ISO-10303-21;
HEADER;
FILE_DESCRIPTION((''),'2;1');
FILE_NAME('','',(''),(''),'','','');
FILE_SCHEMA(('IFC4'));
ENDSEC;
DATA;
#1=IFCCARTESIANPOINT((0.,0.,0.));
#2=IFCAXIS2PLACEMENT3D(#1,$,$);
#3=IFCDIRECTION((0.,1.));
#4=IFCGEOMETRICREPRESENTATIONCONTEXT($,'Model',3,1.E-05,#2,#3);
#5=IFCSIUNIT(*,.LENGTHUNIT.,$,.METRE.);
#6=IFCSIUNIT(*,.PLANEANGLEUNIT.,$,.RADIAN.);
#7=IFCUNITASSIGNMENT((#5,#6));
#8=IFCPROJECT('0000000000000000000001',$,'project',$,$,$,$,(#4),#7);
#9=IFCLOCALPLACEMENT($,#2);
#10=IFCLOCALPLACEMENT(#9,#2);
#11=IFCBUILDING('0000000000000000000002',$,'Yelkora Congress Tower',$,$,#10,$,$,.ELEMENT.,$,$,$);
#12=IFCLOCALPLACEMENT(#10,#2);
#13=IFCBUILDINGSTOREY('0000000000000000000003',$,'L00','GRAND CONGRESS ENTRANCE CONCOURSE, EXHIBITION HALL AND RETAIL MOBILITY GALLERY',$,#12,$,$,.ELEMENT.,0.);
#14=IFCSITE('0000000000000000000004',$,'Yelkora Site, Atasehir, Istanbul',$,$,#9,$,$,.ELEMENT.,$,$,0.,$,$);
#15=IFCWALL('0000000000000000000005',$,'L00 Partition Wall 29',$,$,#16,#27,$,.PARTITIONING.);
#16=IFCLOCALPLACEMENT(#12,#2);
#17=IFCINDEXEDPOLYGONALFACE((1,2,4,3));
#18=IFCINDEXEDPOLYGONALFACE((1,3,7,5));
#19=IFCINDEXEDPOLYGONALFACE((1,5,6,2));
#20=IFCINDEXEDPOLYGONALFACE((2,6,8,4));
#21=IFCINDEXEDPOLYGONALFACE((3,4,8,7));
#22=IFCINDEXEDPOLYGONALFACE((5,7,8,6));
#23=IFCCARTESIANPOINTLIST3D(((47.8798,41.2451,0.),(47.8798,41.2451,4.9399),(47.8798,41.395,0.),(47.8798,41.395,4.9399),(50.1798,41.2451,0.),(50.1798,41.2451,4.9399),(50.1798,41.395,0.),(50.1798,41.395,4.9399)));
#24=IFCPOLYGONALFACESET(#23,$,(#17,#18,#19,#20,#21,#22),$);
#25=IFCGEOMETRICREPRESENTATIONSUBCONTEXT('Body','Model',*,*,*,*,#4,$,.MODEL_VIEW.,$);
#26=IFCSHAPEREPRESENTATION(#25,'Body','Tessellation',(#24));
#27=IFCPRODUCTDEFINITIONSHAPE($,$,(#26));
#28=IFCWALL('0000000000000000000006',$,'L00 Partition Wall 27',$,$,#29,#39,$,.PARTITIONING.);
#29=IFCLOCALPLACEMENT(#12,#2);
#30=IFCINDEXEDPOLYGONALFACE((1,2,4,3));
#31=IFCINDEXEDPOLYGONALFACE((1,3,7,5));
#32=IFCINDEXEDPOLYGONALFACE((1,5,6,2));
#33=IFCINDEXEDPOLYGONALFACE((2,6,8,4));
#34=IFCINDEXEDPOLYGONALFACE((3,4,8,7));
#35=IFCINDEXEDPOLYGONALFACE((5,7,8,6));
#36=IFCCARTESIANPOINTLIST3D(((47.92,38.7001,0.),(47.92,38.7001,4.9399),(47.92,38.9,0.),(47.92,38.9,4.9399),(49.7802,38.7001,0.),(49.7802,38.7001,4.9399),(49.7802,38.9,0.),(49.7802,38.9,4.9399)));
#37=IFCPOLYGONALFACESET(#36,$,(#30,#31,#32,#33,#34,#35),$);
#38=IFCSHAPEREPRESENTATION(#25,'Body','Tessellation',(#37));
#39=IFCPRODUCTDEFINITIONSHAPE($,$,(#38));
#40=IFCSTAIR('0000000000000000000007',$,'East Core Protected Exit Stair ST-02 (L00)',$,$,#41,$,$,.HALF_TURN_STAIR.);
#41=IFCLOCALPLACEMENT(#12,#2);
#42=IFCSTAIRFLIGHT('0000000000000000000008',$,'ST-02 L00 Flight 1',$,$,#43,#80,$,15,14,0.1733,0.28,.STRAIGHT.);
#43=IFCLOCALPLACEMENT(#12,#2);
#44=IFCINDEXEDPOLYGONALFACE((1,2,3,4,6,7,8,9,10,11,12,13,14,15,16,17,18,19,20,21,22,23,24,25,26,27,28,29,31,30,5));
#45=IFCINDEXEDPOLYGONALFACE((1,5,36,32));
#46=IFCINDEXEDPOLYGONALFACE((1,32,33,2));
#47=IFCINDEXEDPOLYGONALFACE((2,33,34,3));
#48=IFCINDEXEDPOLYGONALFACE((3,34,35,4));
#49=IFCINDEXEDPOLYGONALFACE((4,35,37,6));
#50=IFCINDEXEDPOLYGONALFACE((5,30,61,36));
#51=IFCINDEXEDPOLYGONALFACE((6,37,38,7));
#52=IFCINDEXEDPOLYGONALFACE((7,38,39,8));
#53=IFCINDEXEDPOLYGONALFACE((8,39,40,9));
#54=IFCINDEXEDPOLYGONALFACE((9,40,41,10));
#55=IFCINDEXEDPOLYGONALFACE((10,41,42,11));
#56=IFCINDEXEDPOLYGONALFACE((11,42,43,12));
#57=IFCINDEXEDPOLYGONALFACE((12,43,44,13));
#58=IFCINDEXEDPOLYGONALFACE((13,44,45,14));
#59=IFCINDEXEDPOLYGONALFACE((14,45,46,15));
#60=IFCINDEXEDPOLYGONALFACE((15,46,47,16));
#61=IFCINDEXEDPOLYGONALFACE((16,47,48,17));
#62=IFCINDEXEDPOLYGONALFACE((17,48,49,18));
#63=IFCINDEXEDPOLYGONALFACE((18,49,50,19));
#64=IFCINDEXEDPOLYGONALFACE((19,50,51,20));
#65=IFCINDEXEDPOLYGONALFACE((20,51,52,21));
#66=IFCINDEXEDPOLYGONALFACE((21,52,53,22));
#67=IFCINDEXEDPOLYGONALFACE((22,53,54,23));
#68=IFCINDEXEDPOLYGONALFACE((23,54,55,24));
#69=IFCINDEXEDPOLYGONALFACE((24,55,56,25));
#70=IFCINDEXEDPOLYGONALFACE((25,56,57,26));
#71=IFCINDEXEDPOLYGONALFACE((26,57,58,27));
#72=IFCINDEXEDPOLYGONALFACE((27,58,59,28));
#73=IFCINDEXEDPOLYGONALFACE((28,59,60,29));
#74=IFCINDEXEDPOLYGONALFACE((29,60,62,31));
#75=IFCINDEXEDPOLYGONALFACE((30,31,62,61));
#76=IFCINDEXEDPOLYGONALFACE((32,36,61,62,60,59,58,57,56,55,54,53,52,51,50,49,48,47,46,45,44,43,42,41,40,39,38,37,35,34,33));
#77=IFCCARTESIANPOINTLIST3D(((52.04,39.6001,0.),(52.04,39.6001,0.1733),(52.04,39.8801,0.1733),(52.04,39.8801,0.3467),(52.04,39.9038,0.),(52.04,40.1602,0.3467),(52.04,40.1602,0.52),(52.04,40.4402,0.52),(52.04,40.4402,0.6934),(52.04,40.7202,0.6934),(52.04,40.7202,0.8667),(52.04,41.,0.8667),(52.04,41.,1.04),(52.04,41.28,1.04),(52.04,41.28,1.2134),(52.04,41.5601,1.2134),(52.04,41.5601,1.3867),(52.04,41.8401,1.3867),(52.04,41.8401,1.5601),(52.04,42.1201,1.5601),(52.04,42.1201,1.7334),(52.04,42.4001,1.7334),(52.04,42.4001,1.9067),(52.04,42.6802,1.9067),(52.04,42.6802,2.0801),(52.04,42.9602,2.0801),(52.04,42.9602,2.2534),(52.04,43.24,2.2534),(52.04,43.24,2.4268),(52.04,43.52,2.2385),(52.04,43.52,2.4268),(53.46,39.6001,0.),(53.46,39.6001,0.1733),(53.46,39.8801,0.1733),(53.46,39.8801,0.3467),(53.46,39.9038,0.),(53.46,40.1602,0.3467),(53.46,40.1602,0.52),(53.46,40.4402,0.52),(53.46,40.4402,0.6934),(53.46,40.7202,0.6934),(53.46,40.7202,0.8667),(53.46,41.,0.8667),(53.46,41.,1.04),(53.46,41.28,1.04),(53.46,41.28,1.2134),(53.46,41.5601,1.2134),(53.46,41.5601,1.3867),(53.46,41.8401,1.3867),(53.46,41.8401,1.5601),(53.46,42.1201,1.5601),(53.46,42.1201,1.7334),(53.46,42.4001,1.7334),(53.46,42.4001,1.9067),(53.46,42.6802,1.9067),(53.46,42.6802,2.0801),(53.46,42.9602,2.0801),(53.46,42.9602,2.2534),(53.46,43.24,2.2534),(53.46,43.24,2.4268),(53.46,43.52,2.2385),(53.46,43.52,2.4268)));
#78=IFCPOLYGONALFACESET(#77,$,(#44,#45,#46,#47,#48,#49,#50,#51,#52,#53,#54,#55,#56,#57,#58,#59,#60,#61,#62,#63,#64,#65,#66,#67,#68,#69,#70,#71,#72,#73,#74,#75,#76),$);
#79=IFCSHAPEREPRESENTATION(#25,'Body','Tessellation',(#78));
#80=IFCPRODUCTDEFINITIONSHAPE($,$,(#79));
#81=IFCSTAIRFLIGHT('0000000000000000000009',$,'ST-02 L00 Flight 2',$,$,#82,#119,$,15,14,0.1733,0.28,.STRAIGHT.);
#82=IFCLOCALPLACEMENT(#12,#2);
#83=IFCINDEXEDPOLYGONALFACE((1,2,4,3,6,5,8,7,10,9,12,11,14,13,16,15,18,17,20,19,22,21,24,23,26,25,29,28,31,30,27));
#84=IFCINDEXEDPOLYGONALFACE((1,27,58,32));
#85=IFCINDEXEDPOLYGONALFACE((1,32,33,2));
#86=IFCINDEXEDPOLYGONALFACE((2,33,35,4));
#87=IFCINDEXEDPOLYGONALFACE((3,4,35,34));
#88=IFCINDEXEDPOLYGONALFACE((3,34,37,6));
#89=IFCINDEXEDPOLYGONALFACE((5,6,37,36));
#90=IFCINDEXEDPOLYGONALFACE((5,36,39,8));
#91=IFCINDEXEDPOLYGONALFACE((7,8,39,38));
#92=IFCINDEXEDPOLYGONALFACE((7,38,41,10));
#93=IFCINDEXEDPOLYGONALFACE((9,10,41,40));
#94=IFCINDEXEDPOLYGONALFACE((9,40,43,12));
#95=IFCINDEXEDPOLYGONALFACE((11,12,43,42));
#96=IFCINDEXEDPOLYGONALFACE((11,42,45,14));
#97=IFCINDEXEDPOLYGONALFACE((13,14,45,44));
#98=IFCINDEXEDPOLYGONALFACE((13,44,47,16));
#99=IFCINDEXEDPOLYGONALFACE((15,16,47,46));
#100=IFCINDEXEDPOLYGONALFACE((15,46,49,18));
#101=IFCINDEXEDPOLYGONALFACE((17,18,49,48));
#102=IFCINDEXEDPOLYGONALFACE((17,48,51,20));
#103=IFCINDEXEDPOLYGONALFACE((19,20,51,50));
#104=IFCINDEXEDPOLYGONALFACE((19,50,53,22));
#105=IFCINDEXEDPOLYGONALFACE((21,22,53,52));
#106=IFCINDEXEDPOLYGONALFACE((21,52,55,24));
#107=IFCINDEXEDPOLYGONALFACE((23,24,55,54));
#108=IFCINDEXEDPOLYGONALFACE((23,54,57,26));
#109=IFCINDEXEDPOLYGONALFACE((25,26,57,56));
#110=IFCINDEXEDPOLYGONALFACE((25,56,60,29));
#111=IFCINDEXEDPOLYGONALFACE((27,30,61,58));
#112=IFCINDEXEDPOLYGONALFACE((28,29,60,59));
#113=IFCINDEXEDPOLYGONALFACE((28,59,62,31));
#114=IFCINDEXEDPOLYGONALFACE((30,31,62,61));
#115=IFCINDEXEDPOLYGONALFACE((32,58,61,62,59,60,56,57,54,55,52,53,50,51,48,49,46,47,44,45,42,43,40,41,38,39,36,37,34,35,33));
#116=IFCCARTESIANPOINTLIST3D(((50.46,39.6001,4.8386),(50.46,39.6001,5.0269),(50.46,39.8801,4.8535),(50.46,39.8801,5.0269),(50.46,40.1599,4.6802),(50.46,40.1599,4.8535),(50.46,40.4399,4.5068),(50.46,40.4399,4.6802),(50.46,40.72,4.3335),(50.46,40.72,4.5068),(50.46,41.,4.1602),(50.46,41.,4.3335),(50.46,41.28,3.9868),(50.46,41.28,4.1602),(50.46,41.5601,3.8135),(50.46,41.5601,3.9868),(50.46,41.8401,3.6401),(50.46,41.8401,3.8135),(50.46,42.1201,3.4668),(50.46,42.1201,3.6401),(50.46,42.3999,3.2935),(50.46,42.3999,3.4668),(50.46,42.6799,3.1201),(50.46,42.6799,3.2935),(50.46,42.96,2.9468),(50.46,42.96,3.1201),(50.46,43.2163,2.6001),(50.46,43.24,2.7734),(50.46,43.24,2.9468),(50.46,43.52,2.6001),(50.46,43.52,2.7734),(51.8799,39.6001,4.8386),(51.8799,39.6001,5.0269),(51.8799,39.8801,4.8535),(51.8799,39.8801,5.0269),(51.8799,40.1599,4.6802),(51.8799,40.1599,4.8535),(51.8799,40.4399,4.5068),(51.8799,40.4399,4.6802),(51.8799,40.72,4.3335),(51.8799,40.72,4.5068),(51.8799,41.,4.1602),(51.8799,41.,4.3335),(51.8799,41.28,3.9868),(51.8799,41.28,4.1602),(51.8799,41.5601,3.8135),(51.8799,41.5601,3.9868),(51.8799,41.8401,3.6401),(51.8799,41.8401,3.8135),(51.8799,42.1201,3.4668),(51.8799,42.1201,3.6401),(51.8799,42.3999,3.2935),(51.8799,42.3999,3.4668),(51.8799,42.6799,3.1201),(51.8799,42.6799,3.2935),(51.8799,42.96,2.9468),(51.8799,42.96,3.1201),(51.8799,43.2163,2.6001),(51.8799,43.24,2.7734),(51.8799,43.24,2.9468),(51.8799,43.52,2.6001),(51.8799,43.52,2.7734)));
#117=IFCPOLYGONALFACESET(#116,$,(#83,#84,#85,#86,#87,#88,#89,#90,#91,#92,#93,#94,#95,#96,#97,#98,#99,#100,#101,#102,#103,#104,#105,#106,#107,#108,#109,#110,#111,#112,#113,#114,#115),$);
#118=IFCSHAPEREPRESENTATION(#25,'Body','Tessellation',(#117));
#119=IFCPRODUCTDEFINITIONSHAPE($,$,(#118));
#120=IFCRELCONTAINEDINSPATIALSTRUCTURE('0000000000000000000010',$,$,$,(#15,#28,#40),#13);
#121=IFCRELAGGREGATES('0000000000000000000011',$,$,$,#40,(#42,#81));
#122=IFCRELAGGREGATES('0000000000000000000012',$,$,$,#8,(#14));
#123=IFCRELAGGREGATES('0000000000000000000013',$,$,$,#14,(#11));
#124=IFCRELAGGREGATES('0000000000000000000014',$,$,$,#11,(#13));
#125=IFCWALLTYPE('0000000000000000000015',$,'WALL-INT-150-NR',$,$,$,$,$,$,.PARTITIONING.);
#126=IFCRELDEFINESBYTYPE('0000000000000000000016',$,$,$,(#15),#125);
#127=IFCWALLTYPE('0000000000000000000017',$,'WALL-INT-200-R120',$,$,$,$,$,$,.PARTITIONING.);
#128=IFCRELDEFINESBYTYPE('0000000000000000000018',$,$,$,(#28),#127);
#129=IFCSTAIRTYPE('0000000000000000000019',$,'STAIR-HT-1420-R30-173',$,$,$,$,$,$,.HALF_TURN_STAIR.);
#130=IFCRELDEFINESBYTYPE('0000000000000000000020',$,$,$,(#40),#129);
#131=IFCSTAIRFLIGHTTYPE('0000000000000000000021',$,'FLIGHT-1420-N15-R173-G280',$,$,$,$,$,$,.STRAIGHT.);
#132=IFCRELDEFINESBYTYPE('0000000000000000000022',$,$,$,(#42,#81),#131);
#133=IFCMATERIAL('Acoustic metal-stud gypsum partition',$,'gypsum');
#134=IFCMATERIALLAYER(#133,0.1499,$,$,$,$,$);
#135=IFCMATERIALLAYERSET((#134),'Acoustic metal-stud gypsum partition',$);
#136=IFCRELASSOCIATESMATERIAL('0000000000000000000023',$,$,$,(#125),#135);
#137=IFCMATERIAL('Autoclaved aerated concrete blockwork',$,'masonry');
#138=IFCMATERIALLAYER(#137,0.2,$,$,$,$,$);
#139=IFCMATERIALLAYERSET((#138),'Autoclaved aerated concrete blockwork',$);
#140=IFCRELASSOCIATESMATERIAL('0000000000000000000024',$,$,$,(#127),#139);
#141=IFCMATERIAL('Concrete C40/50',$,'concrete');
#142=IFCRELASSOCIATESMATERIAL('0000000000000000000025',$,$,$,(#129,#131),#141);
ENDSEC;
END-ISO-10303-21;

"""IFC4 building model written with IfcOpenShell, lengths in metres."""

from ifc_helpers import new_model, si_unit, direction, frame, frame_2d, origin, place, context, subcontext, project, spatial, polyline, rectangle, outline, extrude, material, layer, layer_set, type_object, element, aggregate, save


model = new_model("IFC4")

# Units and contexts
model_context = context("Model", 3, precision=1e-05, world=origin(), true_north=direction((0.0, 1.0)))
body_context = subcontext(model_context, "Body", "Model", "MODEL_VIEW")
ifc_project = project(units=[si_unit("LENGTHUNIT", "METRE"), si_unit("PLANEANGLEUNIT", "RADIAN")], contexts=[model_context])

# Site, building, storey
site_placement = place(None, origin())
site = spatial("IfcSite", under=ifc_project, at=site_placement, Name="Yelkora Site, Atasehir, Istanbul", CompositionType="ELEMENT", RefElevation=0.0)
building_placement = place(site_placement, origin())
building = spatial("IfcBuilding", under=site, at=building_placement, Name="Yelkora Congress Tower", CompositionType="ELEMENT")
storey_placement = place(building_placement, origin())
storey = spatial("IfcBuildingStorey", under=building, at=storey_placement, Name="L00", Description="GRAND CONGRESS ENTRANCE CONCOURSE, EXHIBITION HALL AND RETAIL MOBILITY GALLERY", CompositionType="ELEMENT", Elevation=0.0)

# Wall
ifc_material_1 = material(Name="Acoustic metal-stud gypsum partition", Category="gypsum")
ifc_layer_1 = layer(ifc_material_1, 0.1499)
ifc_layer_set_1 = layer_set([ifc_layer_1], Name="Acoustic metal-stud gypsum partition")
wall_type_1 = type_object("IfcWallType", Name="WALL-INT-150-NR", PredefinedType="PARTITIONING", material=ifc_layer_set_1)
wall_1_placement = place(storey_placement, frame((47.8799, 41.3201, 0.0), z_axis=(0.0, 0.0, 1.0), x_axis=(1.0, 0.0, 0.0)))
element("IfcWall", 1, at=wall_1_placement, inside=storey, type_object=wall_type_1, Name="L00 Partition Wall 29", PredefinedType="PARTITIONING", context=body_context, shape_type="SweptSolid", body=[
    extrude(rectangle(XDim=2.3, YDim=0.1499, at=frame_2d((1.1499, 0.0))), origin(), (0.0, 0.0, 1.0), 4.9399),
])

# Shared definitions
ifc_material_2 = material(Name="Autoclaved aerated concrete blockwork", Category="masonry")
ifc_layer_2 = layer(ifc_material_2, 0.2)
ifc_layer_set_2 = layer_set([ifc_layer_2], Name="Autoclaved aerated concrete blockwork")
wall_type_2 = type_object("IfcWallType", Name="WALL-INT-200-R120", PredefinedType="PARTITIONING", material=ifc_layer_set_2)

# Wall
wall_2_placement = place(storey_placement, frame((47.9199, 38.8, 0.0), z_axis=(0.0, 0.0, 1.0), x_axis=(1.0, 0.0, 0.0)))
element("IfcWall", 2, at=wall_2_placement, inside=storey, type_object=wall_type_2, Name="L00 Partition Wall 27", PredefinedType="PARTITIONING", context=body_context, shape_type="SweptSolid", body=[
    extrude(rectangle(XDim=1.8601, YDim=0.2, at=frame_2d((0.9302, 0.0))), origin(), (0.0, 0.0, 1.0), 4.9399),
])

# Stair, stair flights
ifc_material_3 = material(Name="Concrete C40/50", Category="concrete")
stair_type = type_object("IfcStairType", Name="STAIR-HT-1420-R30-173", PredefinedType="HALF_TURN_STAIR", material=ifc_material_3)
stair_placement = place(storey_placement, origin())
stair = element("IfcStair", 3, at=stair_placement, inside=storey, type_object=stair_type, Name="East Core Protected Exit Stair ST-02 (L00)", PredefinedType="HALF_TURN_STAIR")
stair_flight_type = type_object("IfcStairFlightType", Name="FLIGHT-1420-N15-R173-G280", PredefinedType="STRAIGHT", material=ifc_material_3)
stair_flight_1_placement = place(storey_placement, frame((52.75, 39.6001, 0.0), z_axis=(0.0, 0.0, 1.0), x_axis=(0.0, 1.0, 0.0)))
stair_flight_1 = element("IfcStairFlight", 4, at=stair_flight_1_placement, type_object=stair_flight_type, Name="ST-02 L00 Flight 1", NumberOfRisers=15, NumberOfTreads=14, PredefinedType="STRAIGHT", RiserHeight=0.1733, TreadLength=0.28, context=body_context, shape_type="SweptSolid", body=[
    extrude(outline(polyline([(0.0, 0.0), (0.0, 0.1733), (0.28, 0.1733), (0.28, 0.3467), (0.5601, 0.3467), (0.5601, 0.52), (0.8401, 0.52), (0.8401, 0.6934), (1.1201, 0.6934), (1.1201, 0.8667), (1.3999, 0.8667), (1.3999, 1.04), (1.6799, 1.04), (1.6799, 1.2134), (1.96, 1.2134), (1.96, 1.3867), (2.24, 1.3867), (2.24, 1.5601), (2.52, 1.5601), (2.52, 1.7334), (2.8, 1.7334), (2.8, 1.9067), (3.0801, 1.9067), (3.0801, 2.0801), (3.3601, 2.0801), (3.3601, 2.2534), (3.6399, 2.2534), (3.6399, 2.4268), (3.9199, 2.4268), (3.9199, 2.6001), (3.9199, 2.2385), (0.3037, 0.0), (0.0, 0.0)])), frame((0.0, 0.71, 0.0), z_axis=(0.0, -1.0, 0.0), x_axis=(1.0, 0.0, 0.0)), (0.0, 0.0, 1.0), 1.4199),
])
stair_flight_2_placement = place(storey_placement, frame((51.1699, 43.52, 2.6001), z_axis=(0.0, 0.0, 1.0), x_axis=(0.0, -1.0, 0.0)))
stair_flight_2 = element("IfcStairFlight", 5, at=stair_flight_2_placement, type_object=stair_flight_type, Name="ST-02 L00 Flight 2", NumberOfRisers=15, NumberOfTreads=14, PredefinedType="STRAIGHT", RiserHeight=0.1733, TreadLength=0.28, context=body_context, shape_type="SweptSolid", body=[
    extrude(outline(polyline([(0.0, 0.0), (0.0, 0.1733), (0.28, 0.1733), (0.28, 0.3467), (0.5601, 0.3467), (0.5601, 0.52), (0.8401, 0.52), (0.8401, 0.6934), (1.1201, 0.6934), (1.1201, 0.8667), (1.3999, 0.8667), (1.3999, 1.04), (1.6799, 1.04), (1.6799, 1.2134), (1.96, 1.2134), (1.96, 1.3867), (2.24, 1.3867), (2.24, 1.5601), (2.52, 1.5601), (2.52, 1.7334), (2.8, 1.7334), (2.8, 1.9067), (3.0801, 1.9067), (3.0801, 2.0801), (3.3601, 2.0801), (3.3601, 2.2534), (3.6399, 2.2534), (3.6399, 2.4268), (3.9199, 2.4268), (3.9199, 2.6001), (3.9199, 2.2385), (0.3037, 0.0), (0.0, 0.0)])), frame((0.0, 0.71, 0.0), z_axis=(0.0, -1.0, 0.0), x_axis=(1.0, 0.0, 0.0)), (0.0, 0.0, 1.0), 1.4199),
])
aggregate(stair, [stair_flight_1, stair_flight_2])

save(model, "model.ifc")
